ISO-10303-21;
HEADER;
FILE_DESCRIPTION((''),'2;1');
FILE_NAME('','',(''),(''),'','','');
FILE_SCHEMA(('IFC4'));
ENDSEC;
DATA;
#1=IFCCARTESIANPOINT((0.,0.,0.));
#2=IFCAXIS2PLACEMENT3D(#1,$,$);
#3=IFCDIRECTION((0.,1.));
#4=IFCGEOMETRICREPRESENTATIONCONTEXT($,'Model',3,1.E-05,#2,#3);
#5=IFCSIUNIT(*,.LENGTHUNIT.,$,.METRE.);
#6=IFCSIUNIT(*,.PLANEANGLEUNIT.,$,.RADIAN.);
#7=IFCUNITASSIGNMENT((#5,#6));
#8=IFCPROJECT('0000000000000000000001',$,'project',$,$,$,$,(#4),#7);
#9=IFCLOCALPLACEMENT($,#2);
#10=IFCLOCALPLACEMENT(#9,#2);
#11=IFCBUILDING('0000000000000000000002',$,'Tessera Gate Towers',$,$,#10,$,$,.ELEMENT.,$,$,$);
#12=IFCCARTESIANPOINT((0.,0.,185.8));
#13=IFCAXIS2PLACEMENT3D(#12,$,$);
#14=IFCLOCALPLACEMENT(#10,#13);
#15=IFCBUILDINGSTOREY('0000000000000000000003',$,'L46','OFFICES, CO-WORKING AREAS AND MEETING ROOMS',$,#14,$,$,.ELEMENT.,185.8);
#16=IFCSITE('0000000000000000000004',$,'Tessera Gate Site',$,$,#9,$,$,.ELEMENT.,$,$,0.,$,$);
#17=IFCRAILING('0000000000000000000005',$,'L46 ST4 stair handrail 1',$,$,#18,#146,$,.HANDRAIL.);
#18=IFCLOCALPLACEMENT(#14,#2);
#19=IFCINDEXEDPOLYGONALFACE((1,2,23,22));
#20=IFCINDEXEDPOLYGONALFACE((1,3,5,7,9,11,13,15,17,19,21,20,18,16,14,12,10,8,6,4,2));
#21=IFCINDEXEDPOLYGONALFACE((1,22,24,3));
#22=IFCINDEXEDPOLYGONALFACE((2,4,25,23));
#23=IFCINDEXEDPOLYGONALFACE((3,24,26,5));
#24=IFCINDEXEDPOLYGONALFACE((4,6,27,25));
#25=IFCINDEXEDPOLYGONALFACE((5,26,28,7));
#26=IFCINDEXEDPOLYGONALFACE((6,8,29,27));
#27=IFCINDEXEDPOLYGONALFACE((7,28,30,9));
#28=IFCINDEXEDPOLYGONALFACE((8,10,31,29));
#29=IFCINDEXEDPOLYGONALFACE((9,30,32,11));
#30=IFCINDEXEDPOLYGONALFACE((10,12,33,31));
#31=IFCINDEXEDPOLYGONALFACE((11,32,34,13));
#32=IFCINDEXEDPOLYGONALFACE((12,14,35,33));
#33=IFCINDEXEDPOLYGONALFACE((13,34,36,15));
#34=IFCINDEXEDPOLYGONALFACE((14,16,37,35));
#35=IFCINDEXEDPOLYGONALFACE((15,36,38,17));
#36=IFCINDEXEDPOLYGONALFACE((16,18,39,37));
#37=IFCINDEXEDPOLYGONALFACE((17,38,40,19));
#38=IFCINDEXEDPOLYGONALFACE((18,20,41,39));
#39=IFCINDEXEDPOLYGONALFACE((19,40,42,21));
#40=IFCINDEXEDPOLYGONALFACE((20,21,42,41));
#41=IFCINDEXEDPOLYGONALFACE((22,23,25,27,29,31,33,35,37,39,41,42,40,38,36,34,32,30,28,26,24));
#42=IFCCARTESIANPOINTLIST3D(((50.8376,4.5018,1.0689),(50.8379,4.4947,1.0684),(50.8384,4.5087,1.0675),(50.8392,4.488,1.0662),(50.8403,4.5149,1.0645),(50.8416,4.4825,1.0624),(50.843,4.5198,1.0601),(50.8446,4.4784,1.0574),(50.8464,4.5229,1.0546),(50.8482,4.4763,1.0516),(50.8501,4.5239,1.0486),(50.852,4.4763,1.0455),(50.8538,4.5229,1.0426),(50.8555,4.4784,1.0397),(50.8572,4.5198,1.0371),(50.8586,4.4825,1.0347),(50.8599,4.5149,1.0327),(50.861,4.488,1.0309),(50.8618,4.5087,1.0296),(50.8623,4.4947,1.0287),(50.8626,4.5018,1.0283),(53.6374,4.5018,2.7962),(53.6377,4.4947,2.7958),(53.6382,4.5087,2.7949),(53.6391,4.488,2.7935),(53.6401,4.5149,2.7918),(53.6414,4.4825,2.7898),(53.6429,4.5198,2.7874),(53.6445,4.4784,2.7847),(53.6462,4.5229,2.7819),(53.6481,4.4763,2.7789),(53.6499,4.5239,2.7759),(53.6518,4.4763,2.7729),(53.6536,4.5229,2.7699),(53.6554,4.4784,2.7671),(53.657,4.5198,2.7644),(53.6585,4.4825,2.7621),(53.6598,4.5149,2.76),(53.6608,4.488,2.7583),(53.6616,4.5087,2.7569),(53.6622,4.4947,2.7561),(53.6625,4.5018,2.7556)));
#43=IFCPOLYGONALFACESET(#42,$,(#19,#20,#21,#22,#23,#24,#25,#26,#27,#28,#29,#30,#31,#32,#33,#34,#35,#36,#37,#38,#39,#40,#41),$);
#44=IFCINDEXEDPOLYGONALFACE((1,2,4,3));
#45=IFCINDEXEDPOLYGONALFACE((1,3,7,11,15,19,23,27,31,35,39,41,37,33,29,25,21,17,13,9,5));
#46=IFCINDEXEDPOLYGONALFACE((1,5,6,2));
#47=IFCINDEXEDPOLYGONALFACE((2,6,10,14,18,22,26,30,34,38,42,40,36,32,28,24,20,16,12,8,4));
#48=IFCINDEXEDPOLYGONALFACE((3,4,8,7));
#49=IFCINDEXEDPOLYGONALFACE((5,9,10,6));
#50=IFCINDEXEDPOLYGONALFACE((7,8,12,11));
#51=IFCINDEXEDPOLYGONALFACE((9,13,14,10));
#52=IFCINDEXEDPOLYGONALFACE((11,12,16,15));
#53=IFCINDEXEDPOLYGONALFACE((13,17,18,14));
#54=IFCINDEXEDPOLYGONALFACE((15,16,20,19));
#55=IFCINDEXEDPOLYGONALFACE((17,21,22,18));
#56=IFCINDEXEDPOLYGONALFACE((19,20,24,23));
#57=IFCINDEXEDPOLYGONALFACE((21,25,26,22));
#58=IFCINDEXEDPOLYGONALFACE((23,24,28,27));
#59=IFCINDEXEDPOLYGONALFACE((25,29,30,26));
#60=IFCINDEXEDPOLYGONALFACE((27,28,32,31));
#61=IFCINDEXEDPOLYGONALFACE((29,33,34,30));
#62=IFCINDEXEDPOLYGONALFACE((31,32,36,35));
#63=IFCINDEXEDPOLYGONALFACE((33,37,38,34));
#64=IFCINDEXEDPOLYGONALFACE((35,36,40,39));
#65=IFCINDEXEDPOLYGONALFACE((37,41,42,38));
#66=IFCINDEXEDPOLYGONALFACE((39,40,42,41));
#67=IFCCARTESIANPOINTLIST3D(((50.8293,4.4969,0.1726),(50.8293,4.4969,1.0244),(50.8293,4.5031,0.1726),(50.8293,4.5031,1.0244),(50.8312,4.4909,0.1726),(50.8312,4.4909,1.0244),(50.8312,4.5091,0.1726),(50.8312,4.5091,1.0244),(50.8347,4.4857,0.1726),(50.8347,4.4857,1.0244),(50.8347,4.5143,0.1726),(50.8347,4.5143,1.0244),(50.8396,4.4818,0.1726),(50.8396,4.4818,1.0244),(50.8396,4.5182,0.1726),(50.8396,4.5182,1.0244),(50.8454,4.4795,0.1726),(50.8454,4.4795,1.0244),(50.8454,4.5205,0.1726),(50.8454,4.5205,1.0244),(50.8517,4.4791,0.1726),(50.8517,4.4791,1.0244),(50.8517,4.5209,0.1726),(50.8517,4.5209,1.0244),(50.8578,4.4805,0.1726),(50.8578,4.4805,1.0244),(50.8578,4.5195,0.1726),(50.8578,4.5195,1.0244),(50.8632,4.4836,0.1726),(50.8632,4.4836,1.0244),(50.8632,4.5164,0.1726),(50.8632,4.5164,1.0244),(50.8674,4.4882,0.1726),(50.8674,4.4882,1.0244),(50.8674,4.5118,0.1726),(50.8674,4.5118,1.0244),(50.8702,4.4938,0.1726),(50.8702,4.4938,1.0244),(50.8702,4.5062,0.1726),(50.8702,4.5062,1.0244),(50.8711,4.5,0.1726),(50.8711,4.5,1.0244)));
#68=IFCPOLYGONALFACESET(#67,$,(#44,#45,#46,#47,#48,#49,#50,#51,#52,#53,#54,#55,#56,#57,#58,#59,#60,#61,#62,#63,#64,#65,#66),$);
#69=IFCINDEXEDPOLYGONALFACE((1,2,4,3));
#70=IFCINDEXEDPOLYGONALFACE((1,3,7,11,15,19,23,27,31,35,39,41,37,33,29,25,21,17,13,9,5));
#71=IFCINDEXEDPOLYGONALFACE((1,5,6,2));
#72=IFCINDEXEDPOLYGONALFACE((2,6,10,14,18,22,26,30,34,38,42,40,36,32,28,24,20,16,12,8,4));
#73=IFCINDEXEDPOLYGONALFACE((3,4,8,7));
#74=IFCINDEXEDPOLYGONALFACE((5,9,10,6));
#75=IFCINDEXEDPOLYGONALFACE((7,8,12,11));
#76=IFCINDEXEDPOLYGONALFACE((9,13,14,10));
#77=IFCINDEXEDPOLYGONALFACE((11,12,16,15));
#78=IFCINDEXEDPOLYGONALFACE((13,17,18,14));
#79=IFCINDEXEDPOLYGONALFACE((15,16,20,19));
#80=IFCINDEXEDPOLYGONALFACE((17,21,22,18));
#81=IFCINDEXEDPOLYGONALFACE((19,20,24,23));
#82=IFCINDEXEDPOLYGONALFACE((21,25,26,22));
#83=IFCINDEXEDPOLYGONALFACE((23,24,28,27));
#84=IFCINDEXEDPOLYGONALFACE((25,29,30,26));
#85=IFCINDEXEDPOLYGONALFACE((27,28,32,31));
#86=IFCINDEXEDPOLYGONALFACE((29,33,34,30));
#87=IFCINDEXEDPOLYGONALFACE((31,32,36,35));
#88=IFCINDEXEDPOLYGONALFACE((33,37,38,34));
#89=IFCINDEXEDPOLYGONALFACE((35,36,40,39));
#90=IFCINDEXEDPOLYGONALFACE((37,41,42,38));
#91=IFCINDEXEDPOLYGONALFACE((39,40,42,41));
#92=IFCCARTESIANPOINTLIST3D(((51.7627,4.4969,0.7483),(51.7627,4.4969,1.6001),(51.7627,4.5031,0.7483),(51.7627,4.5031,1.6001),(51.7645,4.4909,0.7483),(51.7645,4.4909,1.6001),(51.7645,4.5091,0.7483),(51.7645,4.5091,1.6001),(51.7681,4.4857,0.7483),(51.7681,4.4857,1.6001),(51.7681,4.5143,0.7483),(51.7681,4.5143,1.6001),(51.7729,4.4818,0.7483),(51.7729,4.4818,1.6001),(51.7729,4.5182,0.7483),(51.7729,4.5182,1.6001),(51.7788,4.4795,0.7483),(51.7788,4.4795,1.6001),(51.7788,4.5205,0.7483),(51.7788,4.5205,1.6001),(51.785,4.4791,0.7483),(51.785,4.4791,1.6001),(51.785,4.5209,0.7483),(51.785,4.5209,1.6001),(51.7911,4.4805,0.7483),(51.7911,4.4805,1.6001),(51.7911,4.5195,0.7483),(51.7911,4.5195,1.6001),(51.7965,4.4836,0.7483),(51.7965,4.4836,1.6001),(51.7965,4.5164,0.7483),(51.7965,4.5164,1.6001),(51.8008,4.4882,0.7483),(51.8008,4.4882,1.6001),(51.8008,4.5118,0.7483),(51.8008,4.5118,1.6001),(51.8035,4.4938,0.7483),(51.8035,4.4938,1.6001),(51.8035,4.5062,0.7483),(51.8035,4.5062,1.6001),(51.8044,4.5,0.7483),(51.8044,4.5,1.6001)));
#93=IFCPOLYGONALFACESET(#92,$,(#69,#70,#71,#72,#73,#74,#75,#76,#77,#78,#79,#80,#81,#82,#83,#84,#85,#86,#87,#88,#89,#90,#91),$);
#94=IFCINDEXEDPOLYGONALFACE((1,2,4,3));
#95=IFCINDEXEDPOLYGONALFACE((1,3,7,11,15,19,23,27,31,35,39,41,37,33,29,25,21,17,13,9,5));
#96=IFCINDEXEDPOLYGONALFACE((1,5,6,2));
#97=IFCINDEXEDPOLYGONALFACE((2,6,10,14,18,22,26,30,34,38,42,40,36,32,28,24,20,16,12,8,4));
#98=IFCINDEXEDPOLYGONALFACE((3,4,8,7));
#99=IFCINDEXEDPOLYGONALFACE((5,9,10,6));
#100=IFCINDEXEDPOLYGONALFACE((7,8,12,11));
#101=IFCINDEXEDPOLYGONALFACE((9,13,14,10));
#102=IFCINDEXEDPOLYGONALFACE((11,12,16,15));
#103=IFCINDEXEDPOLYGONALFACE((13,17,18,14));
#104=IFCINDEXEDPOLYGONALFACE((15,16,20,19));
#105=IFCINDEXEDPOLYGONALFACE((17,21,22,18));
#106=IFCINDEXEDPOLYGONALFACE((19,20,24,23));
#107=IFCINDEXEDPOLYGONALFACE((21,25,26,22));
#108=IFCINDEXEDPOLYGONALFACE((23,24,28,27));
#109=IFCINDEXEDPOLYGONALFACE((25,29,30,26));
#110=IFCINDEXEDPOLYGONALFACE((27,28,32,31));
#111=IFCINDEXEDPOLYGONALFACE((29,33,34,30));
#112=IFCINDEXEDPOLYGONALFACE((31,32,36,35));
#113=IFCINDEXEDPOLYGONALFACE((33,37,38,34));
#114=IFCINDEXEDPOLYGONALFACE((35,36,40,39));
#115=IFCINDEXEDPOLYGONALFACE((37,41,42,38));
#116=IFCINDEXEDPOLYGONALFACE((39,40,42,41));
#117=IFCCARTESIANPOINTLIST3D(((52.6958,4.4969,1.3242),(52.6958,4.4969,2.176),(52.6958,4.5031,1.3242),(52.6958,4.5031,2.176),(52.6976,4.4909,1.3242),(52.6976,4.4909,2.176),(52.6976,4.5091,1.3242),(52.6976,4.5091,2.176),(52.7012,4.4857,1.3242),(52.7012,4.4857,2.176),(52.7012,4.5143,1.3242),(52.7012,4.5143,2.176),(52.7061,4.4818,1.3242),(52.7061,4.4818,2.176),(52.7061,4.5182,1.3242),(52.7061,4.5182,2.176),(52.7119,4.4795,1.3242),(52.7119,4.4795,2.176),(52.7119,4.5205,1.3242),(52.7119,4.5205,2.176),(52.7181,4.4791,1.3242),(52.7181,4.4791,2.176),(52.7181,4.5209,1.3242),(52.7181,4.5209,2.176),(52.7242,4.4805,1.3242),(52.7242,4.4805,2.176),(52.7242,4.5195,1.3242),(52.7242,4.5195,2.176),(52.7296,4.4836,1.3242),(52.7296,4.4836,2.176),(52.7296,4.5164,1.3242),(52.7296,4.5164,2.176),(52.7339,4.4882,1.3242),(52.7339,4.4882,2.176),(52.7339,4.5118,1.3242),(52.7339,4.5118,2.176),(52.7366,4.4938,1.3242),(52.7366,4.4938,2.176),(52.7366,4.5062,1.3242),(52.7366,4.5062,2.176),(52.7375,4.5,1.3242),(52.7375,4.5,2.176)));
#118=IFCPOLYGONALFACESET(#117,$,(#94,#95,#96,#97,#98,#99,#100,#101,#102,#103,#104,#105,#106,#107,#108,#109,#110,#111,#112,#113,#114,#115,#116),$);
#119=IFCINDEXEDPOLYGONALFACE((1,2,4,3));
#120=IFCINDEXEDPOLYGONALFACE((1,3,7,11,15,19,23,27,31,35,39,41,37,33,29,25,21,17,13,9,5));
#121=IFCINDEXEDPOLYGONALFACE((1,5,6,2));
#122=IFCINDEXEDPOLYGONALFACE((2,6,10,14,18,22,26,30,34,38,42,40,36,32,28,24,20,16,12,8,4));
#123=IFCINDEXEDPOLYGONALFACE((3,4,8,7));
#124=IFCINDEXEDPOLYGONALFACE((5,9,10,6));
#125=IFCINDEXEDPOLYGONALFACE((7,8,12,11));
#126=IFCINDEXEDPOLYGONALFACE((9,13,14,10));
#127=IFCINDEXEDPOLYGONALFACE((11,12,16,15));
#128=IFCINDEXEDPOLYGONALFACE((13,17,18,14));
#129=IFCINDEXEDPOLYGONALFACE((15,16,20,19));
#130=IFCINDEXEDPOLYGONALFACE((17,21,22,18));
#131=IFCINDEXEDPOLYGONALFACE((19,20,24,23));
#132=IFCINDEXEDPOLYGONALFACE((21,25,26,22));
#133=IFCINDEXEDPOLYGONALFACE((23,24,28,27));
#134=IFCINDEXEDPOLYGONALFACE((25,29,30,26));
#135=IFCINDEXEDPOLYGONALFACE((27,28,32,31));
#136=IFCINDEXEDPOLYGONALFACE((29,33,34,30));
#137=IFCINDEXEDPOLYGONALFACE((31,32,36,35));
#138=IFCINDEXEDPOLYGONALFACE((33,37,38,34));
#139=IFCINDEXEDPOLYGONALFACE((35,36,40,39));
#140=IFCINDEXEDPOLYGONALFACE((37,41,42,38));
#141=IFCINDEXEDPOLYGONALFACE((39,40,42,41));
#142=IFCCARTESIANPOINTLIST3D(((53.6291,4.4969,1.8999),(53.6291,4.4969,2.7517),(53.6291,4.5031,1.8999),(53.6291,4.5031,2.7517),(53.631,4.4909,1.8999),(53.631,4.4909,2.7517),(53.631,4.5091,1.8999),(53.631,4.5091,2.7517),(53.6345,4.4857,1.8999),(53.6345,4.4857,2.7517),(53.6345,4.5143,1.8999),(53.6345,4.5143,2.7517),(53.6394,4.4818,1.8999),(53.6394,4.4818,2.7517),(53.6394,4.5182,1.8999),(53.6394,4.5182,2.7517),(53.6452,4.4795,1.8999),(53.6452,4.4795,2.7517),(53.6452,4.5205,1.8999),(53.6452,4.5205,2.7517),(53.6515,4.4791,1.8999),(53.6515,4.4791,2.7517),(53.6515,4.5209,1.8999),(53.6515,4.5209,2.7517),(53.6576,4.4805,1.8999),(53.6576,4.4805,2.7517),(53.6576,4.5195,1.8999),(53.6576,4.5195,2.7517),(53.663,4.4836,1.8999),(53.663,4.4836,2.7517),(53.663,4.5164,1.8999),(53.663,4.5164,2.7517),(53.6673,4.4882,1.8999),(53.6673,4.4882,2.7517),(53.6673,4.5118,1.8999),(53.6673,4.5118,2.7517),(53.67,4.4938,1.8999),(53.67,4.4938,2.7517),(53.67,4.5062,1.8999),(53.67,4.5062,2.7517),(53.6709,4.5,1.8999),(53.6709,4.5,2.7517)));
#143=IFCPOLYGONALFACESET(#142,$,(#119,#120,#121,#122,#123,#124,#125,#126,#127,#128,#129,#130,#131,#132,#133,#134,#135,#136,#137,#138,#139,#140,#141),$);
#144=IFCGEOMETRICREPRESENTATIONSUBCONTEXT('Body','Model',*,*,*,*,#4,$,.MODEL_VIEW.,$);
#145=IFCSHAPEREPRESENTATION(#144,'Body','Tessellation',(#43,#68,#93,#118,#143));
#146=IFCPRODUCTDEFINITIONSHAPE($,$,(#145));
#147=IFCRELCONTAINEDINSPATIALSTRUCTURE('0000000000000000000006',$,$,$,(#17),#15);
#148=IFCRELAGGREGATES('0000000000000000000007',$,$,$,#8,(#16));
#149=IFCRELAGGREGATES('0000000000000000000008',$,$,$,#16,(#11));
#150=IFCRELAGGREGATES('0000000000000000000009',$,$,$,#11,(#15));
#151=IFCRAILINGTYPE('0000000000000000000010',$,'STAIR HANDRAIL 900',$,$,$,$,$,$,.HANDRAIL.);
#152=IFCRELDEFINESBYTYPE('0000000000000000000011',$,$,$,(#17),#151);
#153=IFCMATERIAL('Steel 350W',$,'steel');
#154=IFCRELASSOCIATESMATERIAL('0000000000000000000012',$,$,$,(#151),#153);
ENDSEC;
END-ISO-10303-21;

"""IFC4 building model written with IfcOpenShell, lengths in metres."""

from ifc_helpers import new_model, si_unit, direction, frame, origin, origin_2d, place, context, subcontext, project, spatial, circle, extrude, material, type_object, element, save


model = new_model("IFC4")

# Units and contexts
model_context = context("Model", 3, precision=1e-05, world=origin(), true_north=direction((0.0, 1.0)))
body_context = subcontext(model_context, "Body", "Model", "MODEL_VIEW")
ifc_project = project(units=[si_unit("LENGTHUNIT", "METRE"), si_unit("PLANEANGLEUNIT", "RADIAN")], contexts=[model_context])

# Site, building, storey
site_placement = place(None, origin())
site = spatial("IfcSite", under=ifc_project, at=site_placement, Name="Tessera Gate Site", CompositionType="ELEMENT", RefElevation=0.0)
building_placement = place(site_placement, origin())
building = spatial("IfcBuilding", under=site, at=building_placement, Name="Tessera Gate Towers", CompositionType="ELEMENT")
storey_placement = place(building_placement, frame((0.0, 0.0, 185.8)))
storey = spatial("IfcBuildingStorey", under=building, at=storey_placement, Name="L46", Description="OFFICES, CO-WORKING AREAS AND MEETING ROOMS", CompositionType="ELEMENT", Elevation=185.8)

# Railing
ifc_material_1 = material(Name="Steel 350W", Category="steel")
railing_type_1 = type_object("IfcRailingType", Name="STAIR HANDRAIL 900", PredefinedType="HANDRAIL", material=ifc_material_1)
railing_1_placement = place(storey_placement, frame((50.8501, 4.5, 0.1726)))
element("IfcRailing", 1, at=railing_1_placement, inside=storey, type_object=railing_type_1, Name="L46 ST4 stair handrail 1", PredefinedType="HANDRAIL", context=body_context, shape_type="SweptSolid", body=[
    extrude(circle(Radius=0.0239, at=origin_2d()), frame((0.0, 0.0, 0.876), z_axis=(0.851069, 0.0, 0.525054), x_axis=(0.0, 1.0, 0.0)), (0.0, 0.0, 1.0), 3.2898),
    extrude(circle(Radius=0.021, at=origin_2d()), origin(), (0.0, 0.0, 1.0), 0.8518),
    extrude(circle(Radius=0.021, at=origin_2d()), frame((0.9333, 0.0, 0.5757)), (0.0, 0.0, 1.0), 0.8518),
    extrude(circle(Radius=0.021, at=origin_2d()), frame((1.8665, 0.0, 1.1516)), (0.0, 0.0, 1.0), 0.8518),
    extrude(circle(Radius=0.021, at=origin_2d()), frame((2.7998, 0.0, 1.7273)), (0.0, 0.0, 1.0), 0.8518),
])

save(model, "model.ifc")
